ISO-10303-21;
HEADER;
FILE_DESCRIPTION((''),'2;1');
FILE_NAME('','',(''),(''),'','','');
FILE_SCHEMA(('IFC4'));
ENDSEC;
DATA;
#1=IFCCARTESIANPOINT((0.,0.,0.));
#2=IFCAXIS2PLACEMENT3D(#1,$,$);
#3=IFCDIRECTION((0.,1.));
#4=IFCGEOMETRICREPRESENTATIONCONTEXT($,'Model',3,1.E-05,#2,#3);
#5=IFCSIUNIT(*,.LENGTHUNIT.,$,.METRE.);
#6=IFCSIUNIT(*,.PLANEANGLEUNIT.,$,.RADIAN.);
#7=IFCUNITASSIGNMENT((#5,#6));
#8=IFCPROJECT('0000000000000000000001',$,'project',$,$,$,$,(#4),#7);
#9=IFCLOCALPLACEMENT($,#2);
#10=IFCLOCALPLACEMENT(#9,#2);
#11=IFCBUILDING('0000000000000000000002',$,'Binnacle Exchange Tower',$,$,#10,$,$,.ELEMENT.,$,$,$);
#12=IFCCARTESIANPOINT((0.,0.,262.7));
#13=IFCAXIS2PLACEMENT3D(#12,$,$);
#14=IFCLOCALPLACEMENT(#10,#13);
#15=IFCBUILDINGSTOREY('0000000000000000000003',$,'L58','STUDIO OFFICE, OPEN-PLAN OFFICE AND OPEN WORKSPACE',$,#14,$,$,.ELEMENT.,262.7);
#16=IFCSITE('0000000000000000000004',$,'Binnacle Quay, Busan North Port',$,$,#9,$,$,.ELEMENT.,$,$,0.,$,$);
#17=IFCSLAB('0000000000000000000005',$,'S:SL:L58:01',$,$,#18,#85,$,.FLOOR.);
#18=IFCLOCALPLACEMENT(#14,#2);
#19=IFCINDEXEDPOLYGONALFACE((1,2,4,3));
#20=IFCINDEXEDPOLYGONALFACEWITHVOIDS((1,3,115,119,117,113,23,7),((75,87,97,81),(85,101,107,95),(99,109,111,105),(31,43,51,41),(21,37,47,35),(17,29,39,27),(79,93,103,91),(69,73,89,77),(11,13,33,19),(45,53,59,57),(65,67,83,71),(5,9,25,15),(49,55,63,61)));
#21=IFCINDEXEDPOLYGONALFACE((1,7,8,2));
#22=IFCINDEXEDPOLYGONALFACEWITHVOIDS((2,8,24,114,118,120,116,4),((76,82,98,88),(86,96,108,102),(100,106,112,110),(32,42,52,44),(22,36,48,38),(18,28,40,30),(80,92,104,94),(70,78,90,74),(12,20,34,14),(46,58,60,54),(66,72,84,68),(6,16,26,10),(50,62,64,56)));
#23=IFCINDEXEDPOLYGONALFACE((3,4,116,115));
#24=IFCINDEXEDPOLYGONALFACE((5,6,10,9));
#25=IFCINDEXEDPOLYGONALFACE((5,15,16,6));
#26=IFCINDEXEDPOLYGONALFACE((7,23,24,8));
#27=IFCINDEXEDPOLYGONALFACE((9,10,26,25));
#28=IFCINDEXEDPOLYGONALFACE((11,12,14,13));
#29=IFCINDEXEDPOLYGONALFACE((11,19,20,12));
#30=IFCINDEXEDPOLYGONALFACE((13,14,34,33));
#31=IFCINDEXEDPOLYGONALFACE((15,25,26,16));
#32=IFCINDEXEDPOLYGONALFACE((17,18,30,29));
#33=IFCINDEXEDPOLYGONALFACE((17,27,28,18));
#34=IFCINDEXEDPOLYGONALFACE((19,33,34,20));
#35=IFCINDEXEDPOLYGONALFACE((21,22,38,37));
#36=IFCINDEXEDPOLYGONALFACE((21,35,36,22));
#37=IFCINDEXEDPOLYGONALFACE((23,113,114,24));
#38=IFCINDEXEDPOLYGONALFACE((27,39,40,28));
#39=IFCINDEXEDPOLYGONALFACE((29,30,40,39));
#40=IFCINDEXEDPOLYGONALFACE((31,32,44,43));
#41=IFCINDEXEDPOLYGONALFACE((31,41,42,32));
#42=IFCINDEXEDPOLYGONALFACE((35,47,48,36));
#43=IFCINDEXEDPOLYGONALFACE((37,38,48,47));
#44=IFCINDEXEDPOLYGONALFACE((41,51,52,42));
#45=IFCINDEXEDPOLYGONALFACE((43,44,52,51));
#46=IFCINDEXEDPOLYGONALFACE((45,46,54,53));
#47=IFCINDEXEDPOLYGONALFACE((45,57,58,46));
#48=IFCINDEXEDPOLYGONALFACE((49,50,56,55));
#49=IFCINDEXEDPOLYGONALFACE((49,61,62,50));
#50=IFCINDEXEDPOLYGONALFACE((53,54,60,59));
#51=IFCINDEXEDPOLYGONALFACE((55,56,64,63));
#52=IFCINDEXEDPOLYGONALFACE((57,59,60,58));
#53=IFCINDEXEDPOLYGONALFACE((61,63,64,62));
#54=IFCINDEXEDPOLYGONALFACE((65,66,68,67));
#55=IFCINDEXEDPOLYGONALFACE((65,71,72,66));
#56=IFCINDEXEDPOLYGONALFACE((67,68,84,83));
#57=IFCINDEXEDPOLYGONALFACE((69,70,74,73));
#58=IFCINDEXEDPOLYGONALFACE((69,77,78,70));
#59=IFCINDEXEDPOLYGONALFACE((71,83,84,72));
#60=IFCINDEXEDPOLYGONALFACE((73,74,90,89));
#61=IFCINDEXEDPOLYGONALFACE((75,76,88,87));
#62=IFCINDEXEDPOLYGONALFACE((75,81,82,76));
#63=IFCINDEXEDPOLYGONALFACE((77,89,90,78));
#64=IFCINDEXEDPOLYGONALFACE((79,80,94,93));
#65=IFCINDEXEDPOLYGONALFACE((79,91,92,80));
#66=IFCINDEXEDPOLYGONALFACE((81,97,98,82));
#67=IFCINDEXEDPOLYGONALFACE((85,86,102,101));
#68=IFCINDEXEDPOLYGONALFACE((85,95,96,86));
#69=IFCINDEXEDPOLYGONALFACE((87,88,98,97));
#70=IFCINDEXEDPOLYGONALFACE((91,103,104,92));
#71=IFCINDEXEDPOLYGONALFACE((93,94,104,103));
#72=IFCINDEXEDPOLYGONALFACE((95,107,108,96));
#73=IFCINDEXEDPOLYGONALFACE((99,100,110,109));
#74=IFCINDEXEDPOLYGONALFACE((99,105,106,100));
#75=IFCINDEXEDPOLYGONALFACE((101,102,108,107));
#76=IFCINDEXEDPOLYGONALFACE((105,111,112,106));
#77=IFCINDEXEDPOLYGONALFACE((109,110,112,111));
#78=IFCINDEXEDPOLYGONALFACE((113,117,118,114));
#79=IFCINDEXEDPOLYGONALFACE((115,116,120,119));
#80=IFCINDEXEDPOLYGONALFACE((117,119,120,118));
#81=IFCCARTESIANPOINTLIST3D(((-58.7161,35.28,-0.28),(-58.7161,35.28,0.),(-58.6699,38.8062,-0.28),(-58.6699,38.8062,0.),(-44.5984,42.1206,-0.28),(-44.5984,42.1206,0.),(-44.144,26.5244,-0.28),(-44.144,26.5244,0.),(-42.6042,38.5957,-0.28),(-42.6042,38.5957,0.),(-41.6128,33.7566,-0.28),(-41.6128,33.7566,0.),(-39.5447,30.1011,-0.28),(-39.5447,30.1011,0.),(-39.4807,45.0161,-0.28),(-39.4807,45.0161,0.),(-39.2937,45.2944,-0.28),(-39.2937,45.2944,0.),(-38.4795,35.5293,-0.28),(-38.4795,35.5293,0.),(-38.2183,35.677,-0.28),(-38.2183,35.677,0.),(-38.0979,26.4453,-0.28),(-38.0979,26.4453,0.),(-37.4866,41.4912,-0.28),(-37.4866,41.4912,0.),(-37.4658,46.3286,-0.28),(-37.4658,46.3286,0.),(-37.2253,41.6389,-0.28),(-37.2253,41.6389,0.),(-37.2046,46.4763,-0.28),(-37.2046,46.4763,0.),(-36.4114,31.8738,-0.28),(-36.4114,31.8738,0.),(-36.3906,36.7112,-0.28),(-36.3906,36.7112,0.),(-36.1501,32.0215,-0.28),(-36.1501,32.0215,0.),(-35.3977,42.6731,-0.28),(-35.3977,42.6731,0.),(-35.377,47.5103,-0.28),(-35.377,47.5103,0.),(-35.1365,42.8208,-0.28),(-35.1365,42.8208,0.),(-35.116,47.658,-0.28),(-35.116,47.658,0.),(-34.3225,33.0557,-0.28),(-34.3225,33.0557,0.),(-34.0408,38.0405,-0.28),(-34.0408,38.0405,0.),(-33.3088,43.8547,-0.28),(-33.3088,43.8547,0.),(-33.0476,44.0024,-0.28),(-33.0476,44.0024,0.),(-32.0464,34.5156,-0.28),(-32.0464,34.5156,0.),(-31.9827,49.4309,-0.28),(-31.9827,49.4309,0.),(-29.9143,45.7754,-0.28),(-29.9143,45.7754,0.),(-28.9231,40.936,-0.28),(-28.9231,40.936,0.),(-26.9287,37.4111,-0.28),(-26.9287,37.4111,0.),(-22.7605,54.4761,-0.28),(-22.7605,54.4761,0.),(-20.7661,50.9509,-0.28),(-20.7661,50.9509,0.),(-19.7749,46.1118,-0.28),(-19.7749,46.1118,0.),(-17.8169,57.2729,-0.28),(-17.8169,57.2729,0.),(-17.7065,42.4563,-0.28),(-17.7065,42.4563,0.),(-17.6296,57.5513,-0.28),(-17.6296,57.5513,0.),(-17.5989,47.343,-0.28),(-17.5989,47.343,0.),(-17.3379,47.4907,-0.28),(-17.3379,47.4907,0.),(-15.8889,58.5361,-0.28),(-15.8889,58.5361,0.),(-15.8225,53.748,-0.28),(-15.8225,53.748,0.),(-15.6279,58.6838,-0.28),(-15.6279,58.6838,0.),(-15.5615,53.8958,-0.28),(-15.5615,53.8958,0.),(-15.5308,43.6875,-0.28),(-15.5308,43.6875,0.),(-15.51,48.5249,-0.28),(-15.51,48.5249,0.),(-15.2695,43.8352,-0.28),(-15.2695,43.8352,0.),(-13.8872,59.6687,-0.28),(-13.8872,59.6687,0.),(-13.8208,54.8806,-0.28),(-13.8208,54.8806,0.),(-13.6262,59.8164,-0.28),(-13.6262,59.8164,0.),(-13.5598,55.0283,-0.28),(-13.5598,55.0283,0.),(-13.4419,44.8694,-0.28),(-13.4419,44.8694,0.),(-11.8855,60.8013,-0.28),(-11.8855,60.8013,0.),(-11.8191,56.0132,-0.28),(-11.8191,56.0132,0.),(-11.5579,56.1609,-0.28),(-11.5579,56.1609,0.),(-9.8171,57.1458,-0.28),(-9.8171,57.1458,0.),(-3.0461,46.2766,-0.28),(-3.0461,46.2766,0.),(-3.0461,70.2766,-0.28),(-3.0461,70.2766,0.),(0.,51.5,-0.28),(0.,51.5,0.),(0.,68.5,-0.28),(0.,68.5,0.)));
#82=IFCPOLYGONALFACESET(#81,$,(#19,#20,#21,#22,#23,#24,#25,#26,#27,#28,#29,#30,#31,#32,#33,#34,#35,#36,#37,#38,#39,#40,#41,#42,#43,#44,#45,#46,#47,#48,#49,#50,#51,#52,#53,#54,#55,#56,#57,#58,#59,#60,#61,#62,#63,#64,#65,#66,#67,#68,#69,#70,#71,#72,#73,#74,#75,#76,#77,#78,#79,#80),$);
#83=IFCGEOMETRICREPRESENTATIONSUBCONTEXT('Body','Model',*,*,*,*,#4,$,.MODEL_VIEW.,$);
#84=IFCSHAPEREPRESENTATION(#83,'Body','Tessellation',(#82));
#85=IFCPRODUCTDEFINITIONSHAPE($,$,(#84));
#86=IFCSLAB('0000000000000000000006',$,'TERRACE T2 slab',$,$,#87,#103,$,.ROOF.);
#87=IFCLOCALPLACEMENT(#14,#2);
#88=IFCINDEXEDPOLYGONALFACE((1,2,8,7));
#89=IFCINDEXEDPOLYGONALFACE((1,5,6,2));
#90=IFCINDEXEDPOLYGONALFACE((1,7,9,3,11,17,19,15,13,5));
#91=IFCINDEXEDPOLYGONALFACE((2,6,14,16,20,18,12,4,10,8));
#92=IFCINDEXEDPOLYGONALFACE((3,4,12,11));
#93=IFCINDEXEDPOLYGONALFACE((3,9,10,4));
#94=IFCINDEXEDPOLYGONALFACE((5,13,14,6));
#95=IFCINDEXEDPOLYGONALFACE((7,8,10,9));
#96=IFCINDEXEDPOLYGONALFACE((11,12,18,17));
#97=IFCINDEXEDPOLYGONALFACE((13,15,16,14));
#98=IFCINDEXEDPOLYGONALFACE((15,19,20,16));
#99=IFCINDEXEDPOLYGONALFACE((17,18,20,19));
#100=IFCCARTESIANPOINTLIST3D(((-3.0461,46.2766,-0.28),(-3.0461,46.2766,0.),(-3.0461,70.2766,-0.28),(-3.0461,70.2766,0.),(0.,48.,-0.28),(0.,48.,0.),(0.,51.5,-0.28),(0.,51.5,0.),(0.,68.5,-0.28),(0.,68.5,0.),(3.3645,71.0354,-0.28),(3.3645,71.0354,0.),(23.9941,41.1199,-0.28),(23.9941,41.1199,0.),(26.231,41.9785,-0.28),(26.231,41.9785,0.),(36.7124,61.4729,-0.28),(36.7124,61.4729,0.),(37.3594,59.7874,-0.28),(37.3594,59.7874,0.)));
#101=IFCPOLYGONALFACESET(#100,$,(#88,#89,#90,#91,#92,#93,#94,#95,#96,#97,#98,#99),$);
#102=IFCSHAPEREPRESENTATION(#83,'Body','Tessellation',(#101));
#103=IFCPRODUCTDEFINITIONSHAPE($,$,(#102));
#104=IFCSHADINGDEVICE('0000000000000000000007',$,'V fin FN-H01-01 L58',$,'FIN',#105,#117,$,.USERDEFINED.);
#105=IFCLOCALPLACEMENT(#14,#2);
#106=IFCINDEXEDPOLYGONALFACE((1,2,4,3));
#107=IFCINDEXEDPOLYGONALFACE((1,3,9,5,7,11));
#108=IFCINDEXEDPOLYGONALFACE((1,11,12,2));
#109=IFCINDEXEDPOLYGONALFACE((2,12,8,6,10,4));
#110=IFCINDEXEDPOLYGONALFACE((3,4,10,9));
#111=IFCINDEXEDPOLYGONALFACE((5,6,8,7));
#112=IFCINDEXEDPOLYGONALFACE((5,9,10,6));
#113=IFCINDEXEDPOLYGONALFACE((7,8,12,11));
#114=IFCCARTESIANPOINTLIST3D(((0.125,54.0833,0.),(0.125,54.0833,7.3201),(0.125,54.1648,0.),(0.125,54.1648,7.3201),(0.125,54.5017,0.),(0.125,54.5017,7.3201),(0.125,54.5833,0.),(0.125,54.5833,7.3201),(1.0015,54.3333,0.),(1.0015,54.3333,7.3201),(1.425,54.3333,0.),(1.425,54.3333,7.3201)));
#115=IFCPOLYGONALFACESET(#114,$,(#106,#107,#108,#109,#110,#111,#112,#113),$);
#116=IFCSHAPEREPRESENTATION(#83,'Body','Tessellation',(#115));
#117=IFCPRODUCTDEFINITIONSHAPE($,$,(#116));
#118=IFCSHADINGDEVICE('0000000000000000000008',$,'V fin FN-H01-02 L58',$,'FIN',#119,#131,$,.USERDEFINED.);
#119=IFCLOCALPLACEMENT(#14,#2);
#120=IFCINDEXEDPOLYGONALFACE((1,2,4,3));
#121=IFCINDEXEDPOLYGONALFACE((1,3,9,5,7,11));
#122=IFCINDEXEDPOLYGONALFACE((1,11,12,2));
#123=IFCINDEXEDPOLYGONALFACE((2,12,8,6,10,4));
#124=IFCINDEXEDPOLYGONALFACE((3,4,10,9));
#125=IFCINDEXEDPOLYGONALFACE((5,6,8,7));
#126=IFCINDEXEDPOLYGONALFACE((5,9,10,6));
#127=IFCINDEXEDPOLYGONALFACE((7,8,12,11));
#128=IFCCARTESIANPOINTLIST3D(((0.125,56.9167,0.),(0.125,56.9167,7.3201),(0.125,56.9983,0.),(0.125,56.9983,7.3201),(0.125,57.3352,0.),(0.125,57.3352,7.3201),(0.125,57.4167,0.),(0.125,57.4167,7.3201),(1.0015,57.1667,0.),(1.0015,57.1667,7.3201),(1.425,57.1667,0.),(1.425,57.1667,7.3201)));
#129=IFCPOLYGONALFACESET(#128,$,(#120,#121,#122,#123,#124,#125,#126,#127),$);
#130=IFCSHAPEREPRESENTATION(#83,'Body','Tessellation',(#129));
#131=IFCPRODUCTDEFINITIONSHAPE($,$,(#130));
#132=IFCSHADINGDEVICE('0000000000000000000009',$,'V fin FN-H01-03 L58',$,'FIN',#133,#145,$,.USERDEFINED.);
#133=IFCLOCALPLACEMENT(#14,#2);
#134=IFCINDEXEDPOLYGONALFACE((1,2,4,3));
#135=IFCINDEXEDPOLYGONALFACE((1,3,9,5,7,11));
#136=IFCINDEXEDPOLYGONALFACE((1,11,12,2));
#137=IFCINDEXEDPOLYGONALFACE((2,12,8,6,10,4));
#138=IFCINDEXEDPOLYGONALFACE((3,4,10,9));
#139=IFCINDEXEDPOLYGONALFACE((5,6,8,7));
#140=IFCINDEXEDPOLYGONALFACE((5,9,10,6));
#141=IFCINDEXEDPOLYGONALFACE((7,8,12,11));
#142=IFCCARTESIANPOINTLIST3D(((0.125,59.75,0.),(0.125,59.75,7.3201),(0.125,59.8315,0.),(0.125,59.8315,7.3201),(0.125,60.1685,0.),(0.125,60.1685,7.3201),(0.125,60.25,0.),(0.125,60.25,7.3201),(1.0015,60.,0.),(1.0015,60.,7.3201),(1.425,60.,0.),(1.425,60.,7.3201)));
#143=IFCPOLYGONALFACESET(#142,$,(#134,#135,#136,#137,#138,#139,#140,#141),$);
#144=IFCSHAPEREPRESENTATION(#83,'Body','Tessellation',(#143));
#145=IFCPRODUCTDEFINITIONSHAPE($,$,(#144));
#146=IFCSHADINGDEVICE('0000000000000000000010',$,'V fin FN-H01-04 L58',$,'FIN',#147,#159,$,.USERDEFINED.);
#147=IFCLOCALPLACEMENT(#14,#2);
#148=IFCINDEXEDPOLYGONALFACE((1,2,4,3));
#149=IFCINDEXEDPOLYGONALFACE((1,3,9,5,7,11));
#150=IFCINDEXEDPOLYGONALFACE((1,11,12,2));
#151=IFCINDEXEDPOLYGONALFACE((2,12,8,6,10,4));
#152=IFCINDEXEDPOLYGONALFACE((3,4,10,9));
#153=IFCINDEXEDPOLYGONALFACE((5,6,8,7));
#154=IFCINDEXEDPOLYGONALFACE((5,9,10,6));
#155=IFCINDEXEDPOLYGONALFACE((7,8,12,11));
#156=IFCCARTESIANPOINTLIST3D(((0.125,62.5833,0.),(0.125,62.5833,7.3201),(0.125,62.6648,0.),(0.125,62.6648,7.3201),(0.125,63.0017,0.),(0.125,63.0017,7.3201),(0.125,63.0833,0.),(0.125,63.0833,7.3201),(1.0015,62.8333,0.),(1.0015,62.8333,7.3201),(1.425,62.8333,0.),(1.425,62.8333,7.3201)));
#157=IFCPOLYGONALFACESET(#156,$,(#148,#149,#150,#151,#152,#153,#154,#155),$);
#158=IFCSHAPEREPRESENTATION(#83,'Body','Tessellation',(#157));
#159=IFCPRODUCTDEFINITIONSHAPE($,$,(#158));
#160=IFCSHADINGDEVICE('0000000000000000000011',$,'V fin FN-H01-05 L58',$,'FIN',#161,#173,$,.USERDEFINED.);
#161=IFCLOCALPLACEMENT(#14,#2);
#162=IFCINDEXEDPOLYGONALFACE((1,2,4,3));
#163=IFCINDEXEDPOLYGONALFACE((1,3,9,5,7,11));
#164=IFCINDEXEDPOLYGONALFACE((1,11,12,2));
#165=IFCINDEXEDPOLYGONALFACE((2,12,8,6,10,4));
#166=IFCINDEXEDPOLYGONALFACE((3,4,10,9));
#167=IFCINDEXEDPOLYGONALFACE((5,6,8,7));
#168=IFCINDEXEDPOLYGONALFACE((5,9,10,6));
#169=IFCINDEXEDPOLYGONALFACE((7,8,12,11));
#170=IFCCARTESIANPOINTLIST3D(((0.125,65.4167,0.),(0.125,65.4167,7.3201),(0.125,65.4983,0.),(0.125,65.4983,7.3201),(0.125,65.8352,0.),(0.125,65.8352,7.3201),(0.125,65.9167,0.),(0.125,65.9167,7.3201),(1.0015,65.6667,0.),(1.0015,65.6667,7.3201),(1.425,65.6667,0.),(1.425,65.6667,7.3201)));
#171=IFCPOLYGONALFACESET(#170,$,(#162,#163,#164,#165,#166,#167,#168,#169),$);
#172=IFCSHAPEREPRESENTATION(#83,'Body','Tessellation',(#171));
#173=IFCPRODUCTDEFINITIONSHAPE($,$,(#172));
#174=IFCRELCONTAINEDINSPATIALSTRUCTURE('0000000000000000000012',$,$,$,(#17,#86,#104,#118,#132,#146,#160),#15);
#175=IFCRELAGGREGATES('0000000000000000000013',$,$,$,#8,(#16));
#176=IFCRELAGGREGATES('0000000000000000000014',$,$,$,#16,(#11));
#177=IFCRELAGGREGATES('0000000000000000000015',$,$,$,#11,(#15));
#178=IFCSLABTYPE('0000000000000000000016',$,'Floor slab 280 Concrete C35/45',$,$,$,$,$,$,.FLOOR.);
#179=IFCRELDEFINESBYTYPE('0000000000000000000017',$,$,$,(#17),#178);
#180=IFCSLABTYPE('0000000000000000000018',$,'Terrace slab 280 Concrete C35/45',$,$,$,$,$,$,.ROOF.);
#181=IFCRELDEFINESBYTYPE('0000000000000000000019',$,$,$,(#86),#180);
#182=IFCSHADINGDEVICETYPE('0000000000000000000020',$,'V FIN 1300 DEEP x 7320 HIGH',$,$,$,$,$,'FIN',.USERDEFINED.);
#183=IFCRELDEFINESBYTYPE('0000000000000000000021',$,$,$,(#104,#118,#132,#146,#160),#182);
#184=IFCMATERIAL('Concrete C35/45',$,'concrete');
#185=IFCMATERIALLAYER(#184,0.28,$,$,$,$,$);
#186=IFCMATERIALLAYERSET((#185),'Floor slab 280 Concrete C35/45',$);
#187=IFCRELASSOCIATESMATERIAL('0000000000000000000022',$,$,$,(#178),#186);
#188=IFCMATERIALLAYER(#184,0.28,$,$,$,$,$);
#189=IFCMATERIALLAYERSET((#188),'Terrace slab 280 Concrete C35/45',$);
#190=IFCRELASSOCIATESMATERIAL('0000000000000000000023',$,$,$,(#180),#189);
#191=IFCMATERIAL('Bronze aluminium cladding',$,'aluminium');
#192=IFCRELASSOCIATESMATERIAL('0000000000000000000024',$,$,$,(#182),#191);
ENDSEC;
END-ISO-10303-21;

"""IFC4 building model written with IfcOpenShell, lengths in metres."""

from ifc_helpers import new_model, si_unit, direction, frame, origin, place, context, subcontext, project, spatial, polyline, outline, extrude, material, layer, layer_set, type_object, element, save


model = new_model("IFC4")

# Units and contexts
model_context = context("Model", 3, precision=1e-05, world=origin(), true_north=direction((0.0, 1.0)))
body_context = subcontext(model_context, "Body", "Model", "MODEL_VIEW")
ifc_project = project(units=[si_unit("LENGTHUNIT", "METRE"), si_unit("PLANEANGLEUNIT", "RADIAN")], contexts=[model_context])

# Site, building, storey
site_placement = place(None, origin())
site = spatial("IfcSite", under=ifc_project, at=site_placement, Name="Binnacle Quay, Busan North Port", CompositionType="ELEMENT", RefElevation=0.0)
building_placement = place(site_placement, origin())
building = spatial("IfcBuilding", under=site, at=building_placement, Name="Binnacle Exchange Tower", CompositionType="ELEMENT")
storey_placement = place(building_placement, frame((0.0, 0.0, 262.7)))
storey = spatial("IfcBuildingStorey", under=building, at=storey_placement, Name="L58", Description="STUDIO OFFICE, OPEN-PLAN OFFICE AND OPEN WORKSPACE", CompositionType="ELEMENT", Elevation=262.7)

# Slabs
ifc_material_1 = material(Name="Concrete C35/45", Category="concrete")
ifc_layer_1 = layer(ifc_material_1, 0.28)
ifc_layer_set_1 = layer_set([ifc_layer_1], Name="Floor slab 280 Concrete C35/45")
slab_type_1 = type_object("IfcSlabType", Name="Floor slab 280 Concrete C35/45", PredefinedType="FLOOR", material=ifc_layer_set_1)
slab_1_placement = place(storey_placement, frame((0.0, 0.0, -0.28)))
element("IfcSlab", 1, at=slab_1_placement, inside=storey, type_object=slab_type_1, Name="S:SL:L58:01", PredefinedType="FLOOR", context=body_context, shape_type="SweptSolid", body=[
    extrude(outline(polyline([(-38.0979, 26.4453), (-44.144, 26.5244), (-58.7161, 35.28), (-58.6699, 38.8062), (-3.0461, 70.2766), (0.0, 68.5), (0.0, 51.5), (-3.0461, 46.2766), (-38.0979, 26.4453)]), holes=[polyline([(-38.4795, 35.5293), (-41.6128, 33.7566), (-39.5447, 30.1011), (-36.4114, 31.8738), (-38.4795, 35.5293)]), polyline([(-34.3225, 33.0557), (-36.3906, 36.7112), (-38.2183, 35.677), (-36.1501, 32.0215), (-34.3225, 33.0557)]), polyline([(-34.0408, 38.0405), (-32.0464, 34.5156), (-26.9287, 37.4111), (-28.9231, 40.936), (-34.0408, 38.0405)]), polyline([(-39.4807, 45.0161), (-44.5984, 42.1206), (-42.6042, 38.5957), (-37.4866, 41.4912), (-39.4807, 45.0161)]), polyline([(-35.3977, 42.6731), (-37.4658, 46.3286), (-39.2937, 45.2944), (-37.2253, 41.6389), (-35.3977, 42.6731)]), polyline([(-33.3088, 43.8547), (-35.377, 47.5103), (-37.2046, 46.4763), (-35.1365, 42.8208), (-33.3088, 43.8547)]), polyline([(-31.9827, 49.4309), (-35.116, 47.658), (-33.0476, 44.0024), (-29.9143, 45.7754), (-31.9827, 49.4309)]), polyline([(-15.5308, 43.6875), (-17.5989, 47.343), (-19.7749, 46.1118), (-17.7065, 42.4563), (-15.5308, 43.6875)]), polyline([(-13.4419, 44.8694), (-15.51, 48.5249), (-17.3379, 47.4907), (-15.2695, 43.8352), (-13.4419, 44.8694)]), polyline([(-15.8225, 53.748), (-17.8169, 57.2729), (-22.7605, 54.4761), (-20.7661, 50.9509), (-15.8225, 53.748)]), polyline([(-13.8208, 54.8806), (-15.8889, 58.5361), (-17.6296, 57.5513), (-15.5615, 53.8958), (-13.8208, 54.8806)]), polyline([(-11.8191, 56.0132), (-13.8872, 59.6687), (-15.6279, 58.6838), (-13.5598, 55.0283), (-11.8191, 56.0132)]), polyline([(-9.8171, 57.1458), (-11.8855, 60.8013), (-13.6262, 59.8164), (-11.5579, 56.1609), (-9.8171, 57.1458)])]), origin(), (0.0, 0.0, 1.0), 0.28),
])
ifc_layer_2 = layer(ifc_material_1, 0.28)
ifc_layer_set_2 = layer_set([ifc_layer_2], Name="Terrace slab 280 Concrete C35/45")
slab_type_2 = type_object("IfcSlabType", Name="Terrace slab 280 Concrete C35/45", PredefinedType="ROOF", material=ifc_layer_set_2)
slab_2_placement = place(storey_placement, frame((0.0, 0.0, -0.28)))
element("IfcSlab", 2, at=slab_2_placement, inside=storey, type_object=slab_type_2, Name="TERRACE T2 slab", PredefinedType="ROOF", context=body_context, shape_type="SweptSolid", body=[
    extrude(outline(polyline([(3.3645, 71.0354), (36.7124, 61.4729), (37.3594, 59.7874), (26.231, 41.9785), (23.9941, 41.1199), (0.0, 48.0), (-3.0461, 46.2766), (0.0, 51.5), (0.0, 68.5), (-3.0461, 70.2766), (3.3645, 71.0354)])), origin(), (0.0, 0.0, 1.0), 0.28),
])

# Shading devices
ifc_material_2 = material(Name="Bronze aluminium cladding", Category="aluminium")
shading_device_type = type_object("IfcShadingDeviceType", Name="V FIN 1300 DEEP x 7320 HIGH", ElementType="FIN", PredefinedType="USERDEFINED", material=ifc_material_2)
shading_device_1_placement = place(storey_placement, origin())
element("IfcShadingDevice", 3, at=shading_device_1_placement, inside=storey, type_object=shading_device_type, Name="V fin FN-H01-01 L58", ObjectType="FIN", PredefinedType="USERDEFINED", context=body_context, shape_type="SweptSolid", body=[
    extrude(outline(polyline([(0.125, 54.0833), (1.425, 54.3333), (0.125, 54.5833), (0.125, 54.5017), (1.0015, 54.3333), (0.125, 54.1648), (0.125, 54.0833)])), origin(), (0.0, 0.0, 1.0), 7.3201),
])
shading_device_2_placement = place(storey_placement, origin())
element("IfcShadingDevice", 4, at=shading_device_2_placement, inside=storey, type_object=shading_device_type, Name="V fin FN-H01-02 L58", ObjectType="FIN", PredefinedType="USERDEFINED", context=body_context, shape_type="SweptSolid", body=[
    extrude(outline(polyline([(0.125, 56.9167), (1.425, 57.1667), (0.125, 57.4167), (0.125, 57.3352), (1.0015, 57.1667), (0.125, 56.9983), (0.125, 56.9167)])), origin(), (0.0, 0.0, 1.0), 7.3201),
])
shading_device_3_placement = place(storey_placement, origin())
element("IfcShadingDevice", 5, at=shading_device_3_placement, inside=storey, type_object=shading_device_type, Name="V fin FN-H01-03 L58", ObjectType="FIN", PredefinedType="USERDEFINED", context=body_context, shape_type="SweptSolid", body=[
    extrude(outline(polyline([(0.125, 59.75), (1.425, 60.0), (0.125, 60.25), (0.125, 60.1685), (1.0015, 60.0), (0.125, 59.8315), (0.125, 59.75)])), origin(), (0.0, 0.0, 1.0), 7.3201),
])
shading_device_4_placement = place(storey_placement, origin())
element("IfcShadingDevice", 6, at=shading_device_4_placement, inside=storey, type_object=shading_device_type, Name="V fin FN-H01-04 L58", ObjectType="FIN", PredefinedType="USERDEFINED", context=body_context, shape_type="SweptSolid", body=[
    extrude(outline(polyline([(0.125, 62.5833), (1.425, 62.8333), (0.125, 63.0833), (0.125, 63.0017), (1.0015, 62.8333), (0.125, 62.6648), (0.125, 62.5833)])), origin(), (0.0, 0.0, 1.0), 7.3201),
])
shading_device_5_placement = place(storey_placement, origin())
element("IfcShadingDevice", 7, at=shading_device_5_placement, inside=storey, type_object=shading_device_type, Name="V fin FN-H01-05 L58", ObjectType="FIN", PredefinedType="USERDEFINED", context=body_context, shape_type="SweptSolid", body=[
    extrude(outline(polyline([(0.125, 65.4167), (1.425, 65.6667), (0.125, 65.9167), (0.125, 65.8352), (1.0015, 65.6667), (0.125, 65.4983), (0.125, 65.4167)])), origin(), (0.0, 0.0, 1.0), 7.3201),
])

save(model, "model.ifc")
